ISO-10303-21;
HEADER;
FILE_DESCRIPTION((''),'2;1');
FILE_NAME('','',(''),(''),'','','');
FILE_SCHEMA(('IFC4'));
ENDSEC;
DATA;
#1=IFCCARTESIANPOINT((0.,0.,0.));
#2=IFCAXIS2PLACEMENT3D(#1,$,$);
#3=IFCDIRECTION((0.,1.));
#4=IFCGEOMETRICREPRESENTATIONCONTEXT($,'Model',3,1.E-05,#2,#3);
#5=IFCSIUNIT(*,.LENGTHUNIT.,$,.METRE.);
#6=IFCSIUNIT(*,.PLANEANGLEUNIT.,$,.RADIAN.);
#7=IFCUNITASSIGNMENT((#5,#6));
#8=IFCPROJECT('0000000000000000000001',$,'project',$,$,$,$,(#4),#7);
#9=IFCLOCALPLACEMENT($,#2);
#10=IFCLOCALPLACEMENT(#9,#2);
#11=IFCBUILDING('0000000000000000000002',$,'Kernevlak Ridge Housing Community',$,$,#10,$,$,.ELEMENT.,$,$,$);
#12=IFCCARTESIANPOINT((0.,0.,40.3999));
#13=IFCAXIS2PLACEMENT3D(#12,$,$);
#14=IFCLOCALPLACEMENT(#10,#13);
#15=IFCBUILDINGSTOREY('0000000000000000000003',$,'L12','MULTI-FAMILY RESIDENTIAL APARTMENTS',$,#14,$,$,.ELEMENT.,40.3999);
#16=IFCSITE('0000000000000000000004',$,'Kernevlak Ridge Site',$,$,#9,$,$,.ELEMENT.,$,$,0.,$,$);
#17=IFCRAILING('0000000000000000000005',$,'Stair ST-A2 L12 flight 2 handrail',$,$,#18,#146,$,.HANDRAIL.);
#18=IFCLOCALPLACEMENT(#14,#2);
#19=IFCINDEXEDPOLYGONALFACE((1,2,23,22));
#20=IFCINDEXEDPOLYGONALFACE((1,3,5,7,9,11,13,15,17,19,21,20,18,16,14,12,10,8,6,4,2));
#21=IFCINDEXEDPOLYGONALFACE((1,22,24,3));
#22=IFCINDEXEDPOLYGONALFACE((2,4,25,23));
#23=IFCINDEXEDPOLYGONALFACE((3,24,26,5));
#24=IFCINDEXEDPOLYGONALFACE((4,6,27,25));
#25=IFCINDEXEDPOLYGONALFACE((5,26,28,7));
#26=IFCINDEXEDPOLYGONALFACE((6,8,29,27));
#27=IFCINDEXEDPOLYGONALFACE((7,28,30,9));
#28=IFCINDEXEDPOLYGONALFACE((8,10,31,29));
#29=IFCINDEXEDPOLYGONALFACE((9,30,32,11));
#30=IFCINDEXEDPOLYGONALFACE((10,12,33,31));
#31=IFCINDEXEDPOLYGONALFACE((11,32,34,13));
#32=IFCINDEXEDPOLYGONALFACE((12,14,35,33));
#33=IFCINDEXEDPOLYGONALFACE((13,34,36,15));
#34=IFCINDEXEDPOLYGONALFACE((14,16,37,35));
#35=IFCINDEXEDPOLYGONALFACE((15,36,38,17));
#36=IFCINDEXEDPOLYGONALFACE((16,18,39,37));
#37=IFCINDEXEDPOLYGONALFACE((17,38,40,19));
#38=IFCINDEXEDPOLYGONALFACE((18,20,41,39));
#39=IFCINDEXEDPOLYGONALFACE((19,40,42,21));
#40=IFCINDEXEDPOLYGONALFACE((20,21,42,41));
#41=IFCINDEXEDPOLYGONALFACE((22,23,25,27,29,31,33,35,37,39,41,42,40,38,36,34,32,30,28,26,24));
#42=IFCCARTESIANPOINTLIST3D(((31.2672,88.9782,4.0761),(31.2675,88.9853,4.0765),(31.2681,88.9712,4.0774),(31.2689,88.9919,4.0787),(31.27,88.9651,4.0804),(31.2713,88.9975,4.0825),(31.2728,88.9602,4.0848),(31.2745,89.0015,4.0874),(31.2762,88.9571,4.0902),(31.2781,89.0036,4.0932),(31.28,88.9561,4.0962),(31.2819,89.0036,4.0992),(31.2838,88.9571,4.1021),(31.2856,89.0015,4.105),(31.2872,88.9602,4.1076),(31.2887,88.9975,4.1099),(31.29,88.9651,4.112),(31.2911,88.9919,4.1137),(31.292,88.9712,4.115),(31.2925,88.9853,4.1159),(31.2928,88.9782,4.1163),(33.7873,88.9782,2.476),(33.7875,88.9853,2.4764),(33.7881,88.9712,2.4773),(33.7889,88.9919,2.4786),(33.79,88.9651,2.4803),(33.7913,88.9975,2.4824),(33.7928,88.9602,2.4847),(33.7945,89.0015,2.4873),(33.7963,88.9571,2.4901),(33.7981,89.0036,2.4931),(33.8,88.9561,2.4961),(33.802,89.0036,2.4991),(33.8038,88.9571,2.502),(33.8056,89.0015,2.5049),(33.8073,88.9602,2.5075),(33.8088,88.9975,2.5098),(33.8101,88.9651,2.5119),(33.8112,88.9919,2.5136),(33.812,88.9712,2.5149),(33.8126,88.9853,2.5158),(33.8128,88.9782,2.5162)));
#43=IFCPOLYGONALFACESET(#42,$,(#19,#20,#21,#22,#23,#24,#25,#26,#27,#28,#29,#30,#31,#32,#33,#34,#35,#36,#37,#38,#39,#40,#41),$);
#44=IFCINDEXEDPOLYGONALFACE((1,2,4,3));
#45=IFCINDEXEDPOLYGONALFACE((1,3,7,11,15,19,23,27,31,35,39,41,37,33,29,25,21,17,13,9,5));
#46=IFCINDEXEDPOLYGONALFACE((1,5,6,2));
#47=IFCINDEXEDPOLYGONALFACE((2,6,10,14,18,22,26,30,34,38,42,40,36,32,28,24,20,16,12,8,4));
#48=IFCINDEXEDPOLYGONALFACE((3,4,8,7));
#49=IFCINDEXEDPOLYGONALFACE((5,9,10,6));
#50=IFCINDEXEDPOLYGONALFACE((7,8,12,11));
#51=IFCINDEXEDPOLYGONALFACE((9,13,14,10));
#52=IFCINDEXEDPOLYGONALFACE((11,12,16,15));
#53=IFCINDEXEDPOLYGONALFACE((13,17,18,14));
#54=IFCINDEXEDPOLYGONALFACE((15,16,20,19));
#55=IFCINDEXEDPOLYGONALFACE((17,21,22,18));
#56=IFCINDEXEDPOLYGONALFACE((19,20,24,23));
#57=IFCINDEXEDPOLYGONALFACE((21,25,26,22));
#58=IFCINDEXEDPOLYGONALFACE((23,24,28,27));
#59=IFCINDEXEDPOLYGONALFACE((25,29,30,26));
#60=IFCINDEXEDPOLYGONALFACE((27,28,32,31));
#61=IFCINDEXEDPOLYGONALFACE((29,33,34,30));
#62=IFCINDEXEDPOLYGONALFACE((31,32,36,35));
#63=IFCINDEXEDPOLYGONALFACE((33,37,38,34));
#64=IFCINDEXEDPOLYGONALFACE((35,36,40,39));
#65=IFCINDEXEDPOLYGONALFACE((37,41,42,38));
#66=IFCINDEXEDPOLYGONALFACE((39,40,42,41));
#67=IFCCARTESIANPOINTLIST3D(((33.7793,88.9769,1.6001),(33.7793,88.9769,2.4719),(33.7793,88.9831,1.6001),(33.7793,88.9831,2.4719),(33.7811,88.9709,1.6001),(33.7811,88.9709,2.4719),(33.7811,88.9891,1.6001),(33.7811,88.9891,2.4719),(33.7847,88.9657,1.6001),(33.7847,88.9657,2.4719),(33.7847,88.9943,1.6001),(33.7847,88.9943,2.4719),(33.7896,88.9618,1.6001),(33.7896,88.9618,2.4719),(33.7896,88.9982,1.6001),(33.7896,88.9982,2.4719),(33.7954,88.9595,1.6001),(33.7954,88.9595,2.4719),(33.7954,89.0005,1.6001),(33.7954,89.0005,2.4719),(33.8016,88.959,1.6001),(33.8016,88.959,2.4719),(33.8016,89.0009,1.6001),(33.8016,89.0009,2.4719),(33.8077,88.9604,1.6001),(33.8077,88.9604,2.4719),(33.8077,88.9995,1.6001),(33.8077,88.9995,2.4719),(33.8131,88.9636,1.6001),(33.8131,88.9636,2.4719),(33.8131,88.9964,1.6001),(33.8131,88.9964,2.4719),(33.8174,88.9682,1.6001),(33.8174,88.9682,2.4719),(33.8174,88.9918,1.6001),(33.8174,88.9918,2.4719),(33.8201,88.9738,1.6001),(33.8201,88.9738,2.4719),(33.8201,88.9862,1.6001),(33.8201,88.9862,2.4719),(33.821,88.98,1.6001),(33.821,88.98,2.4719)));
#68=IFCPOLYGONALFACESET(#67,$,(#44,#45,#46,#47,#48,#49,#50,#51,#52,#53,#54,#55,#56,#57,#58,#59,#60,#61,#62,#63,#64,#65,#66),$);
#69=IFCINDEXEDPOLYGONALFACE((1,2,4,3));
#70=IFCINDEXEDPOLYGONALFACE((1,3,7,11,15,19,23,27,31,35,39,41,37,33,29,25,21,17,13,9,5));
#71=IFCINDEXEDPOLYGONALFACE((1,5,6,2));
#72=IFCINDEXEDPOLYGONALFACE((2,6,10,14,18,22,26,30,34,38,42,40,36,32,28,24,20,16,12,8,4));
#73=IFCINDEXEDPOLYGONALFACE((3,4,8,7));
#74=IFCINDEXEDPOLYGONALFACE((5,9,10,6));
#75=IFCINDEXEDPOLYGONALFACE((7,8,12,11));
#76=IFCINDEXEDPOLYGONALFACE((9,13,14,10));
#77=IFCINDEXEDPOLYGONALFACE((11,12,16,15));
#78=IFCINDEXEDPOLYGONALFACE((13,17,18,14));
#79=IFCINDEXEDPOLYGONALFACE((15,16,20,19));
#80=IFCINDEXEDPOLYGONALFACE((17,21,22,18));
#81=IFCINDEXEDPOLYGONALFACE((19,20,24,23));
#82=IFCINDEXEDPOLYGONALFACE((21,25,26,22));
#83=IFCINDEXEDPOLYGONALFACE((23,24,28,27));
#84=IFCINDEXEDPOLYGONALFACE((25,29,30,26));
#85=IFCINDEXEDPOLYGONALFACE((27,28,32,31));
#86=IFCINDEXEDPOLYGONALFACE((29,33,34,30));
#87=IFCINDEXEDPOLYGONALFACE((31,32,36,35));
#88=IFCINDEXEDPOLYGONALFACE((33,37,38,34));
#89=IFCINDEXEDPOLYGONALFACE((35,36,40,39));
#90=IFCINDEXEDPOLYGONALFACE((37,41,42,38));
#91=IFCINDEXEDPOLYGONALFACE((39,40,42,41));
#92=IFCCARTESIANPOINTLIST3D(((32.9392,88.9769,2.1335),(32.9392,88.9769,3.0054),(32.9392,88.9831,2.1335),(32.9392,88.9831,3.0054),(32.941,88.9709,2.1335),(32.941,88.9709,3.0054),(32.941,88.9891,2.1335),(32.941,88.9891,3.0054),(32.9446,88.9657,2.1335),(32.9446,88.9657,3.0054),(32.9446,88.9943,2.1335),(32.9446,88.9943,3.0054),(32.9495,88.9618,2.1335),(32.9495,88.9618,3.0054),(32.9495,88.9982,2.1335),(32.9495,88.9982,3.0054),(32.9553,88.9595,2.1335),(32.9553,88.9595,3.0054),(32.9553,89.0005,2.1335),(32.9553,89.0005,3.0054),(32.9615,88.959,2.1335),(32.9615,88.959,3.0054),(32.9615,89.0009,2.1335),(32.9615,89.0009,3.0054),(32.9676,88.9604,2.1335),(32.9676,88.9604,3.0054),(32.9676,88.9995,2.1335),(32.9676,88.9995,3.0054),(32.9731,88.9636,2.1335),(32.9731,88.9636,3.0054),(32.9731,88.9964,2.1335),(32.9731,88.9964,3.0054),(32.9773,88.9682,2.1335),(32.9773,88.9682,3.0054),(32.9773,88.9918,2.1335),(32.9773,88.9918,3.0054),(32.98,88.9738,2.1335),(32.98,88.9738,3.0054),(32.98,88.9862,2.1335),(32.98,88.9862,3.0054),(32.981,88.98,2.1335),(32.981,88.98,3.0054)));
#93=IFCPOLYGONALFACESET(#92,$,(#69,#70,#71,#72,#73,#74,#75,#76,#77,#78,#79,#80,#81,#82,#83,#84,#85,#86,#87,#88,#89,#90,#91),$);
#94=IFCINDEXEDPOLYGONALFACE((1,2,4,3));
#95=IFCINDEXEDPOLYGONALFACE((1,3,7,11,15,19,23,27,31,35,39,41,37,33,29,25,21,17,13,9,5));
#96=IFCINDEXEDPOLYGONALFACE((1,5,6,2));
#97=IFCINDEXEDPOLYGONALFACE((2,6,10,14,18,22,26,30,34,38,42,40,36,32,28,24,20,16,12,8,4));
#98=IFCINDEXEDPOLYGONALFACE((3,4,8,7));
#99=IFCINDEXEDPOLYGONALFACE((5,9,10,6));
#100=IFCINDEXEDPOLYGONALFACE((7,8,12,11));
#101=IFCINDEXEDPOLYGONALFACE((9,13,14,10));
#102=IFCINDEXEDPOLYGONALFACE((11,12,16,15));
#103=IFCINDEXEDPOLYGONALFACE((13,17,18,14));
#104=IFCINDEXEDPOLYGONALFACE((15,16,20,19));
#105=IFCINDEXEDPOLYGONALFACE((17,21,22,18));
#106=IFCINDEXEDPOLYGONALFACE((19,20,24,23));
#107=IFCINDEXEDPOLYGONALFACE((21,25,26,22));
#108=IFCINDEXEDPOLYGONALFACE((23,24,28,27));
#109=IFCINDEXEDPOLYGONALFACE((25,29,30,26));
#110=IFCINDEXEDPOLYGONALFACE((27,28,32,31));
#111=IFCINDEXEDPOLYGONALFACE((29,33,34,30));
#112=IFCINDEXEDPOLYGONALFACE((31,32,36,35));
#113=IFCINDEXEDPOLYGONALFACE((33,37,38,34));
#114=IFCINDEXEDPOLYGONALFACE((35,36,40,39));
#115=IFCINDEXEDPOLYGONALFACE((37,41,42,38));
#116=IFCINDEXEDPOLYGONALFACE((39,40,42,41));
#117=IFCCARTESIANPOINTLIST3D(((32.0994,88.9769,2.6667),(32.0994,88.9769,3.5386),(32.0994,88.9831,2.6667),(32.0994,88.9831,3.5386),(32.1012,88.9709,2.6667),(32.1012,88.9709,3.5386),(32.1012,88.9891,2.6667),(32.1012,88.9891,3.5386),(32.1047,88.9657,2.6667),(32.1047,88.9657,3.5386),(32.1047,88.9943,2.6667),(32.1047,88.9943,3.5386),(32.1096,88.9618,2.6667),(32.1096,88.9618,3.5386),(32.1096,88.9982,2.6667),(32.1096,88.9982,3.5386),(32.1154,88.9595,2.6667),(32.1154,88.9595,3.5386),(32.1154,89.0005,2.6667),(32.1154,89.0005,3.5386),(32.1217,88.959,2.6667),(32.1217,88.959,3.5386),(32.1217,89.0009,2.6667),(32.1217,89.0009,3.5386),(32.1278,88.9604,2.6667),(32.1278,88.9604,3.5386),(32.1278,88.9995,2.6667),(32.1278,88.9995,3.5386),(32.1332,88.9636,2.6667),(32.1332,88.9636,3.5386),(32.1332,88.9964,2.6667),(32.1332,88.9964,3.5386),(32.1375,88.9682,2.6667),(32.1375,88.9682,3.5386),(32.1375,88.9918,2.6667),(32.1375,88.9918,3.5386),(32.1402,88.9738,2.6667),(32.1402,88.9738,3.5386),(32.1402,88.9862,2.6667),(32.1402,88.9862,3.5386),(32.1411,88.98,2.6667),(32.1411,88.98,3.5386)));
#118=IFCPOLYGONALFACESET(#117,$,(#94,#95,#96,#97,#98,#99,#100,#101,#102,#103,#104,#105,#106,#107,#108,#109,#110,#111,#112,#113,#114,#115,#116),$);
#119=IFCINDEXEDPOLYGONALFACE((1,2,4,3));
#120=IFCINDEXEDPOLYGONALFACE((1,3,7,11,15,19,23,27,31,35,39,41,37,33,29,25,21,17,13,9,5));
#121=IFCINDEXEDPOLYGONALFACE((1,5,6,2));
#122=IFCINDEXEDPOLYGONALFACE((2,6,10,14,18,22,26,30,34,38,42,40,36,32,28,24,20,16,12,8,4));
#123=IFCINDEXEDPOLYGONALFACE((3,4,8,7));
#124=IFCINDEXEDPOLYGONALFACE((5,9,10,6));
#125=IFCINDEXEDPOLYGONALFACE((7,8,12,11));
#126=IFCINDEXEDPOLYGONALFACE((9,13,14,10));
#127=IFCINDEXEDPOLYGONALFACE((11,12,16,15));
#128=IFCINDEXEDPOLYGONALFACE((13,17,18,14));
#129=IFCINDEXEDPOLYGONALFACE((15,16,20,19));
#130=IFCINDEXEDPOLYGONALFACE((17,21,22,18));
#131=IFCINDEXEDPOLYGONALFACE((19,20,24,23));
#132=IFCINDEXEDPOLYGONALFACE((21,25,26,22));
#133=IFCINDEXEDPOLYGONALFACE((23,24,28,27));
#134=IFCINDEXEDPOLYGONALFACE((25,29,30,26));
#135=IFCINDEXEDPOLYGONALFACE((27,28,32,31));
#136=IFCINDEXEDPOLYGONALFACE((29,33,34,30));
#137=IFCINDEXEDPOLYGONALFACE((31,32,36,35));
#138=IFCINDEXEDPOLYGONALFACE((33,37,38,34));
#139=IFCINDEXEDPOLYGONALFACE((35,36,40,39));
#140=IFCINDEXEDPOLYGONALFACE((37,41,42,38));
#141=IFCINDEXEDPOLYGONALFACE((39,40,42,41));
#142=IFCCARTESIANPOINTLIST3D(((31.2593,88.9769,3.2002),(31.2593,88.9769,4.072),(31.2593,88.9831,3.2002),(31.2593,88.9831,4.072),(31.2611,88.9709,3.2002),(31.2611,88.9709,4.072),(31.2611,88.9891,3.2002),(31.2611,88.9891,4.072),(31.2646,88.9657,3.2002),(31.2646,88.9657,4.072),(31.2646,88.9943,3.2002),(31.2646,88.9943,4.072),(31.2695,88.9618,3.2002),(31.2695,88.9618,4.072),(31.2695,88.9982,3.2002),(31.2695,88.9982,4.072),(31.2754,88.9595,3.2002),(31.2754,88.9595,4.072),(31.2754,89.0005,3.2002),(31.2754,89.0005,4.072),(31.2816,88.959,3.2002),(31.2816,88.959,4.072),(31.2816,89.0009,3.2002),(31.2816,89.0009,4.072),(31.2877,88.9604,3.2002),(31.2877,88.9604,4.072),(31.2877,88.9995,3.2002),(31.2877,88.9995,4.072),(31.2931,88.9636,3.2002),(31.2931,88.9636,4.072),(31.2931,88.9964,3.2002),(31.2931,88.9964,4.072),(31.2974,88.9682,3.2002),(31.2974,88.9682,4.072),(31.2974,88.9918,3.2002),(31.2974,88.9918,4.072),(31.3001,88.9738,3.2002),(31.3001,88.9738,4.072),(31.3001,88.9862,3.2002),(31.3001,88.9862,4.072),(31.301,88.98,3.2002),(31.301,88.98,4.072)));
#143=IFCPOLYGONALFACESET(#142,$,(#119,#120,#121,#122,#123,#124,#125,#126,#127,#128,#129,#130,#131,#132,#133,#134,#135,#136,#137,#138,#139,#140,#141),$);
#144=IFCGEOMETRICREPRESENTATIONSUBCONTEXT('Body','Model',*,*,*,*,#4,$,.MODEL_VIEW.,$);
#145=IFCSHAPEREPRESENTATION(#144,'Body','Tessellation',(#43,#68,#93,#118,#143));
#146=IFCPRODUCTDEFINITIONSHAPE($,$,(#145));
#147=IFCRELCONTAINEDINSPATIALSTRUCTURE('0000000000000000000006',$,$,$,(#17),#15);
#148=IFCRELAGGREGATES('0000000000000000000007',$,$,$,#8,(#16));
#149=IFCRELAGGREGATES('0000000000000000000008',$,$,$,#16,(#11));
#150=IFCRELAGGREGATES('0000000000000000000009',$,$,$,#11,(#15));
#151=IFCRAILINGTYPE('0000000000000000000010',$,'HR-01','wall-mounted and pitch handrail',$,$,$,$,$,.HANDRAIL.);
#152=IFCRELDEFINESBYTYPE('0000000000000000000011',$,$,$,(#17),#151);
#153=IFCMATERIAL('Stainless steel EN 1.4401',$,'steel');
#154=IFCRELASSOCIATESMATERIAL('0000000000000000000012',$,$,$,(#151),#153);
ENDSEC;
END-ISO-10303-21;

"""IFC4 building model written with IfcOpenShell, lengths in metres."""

from ifc_helpers import new_model, si_unit, direction, frame, origin, origin_2d, place, context, subcontext, project, spatial, circle, extrude, material, type_object, element, save


model = new_model("IFC4")

# Units and contexts
model_context = context("Model", 3, precision=1e-05, world=origin(), true_north=direction((0.0, 1.0)))
body_context = subcontext(model_context, "Body", "Model", "MODEL_VIEW")
ifc_project = project(units=[si_unit("LENGTHUNIT", "METRE"), si_unit("PLANEANGLEUNIT", "RADIAN")], contexts=[model_context])

# Site, building, storey
site_placement = place(None, origin())
site = spatial("IfcSite", under=ifc_project, at=site_placement, Name="Kernevlak Ridge Site", CompositionType="ELEMENT", RefElevation=0.0)
building_placement = place(site_placement, origin())
building = spatial("IfcBuilding", under=site, at=building_placement, Name="Kernevlak Ridge Housing Community", CompositionType="ELEMENT")
storey_placement = place(building_placement, frame((0.0, 0.0, 40.3999)))
storey = spatial("IfcBuildingStorey", under=building, at=storey_placement, Name="L12", Description="MULTI-FAMILY RESIDENTIAL APARTMENTS", CompositionType="ELEMENT", Elevation=40.3999)

# Railing
ifc_material_1 = material(Name="Stainless steel EN 1.4401", Category="steel")
railing_type_1 = type_object("IfcRailingType", Name="HR-01", Description="wall-mounted and pitch handrail", PredefinedType="HANDRAIL", material=ifc_material_1)
railing_1_placement = place(storey_placement, frame((33.8, 88.98, 1.6001)))
element("IfcRailing", 1, at=railing_1_placement, inside=storey, type_object=railing_type_1, Name="Stair ST-A2 L12 flight 2 handrail", PredefinedType="HANDRAIL", context=body_context, shape_type="SweptSolid", body=[
    extrude(circle(Radius=0.0239, at=origin_2d()), frame((0.0, 0.0, 0.896), z_axis=(-0.8442, 0.0, 0.536028), x_axis=(0.0, -1.0, 0.0)), (0.0, 0.0, 1.0), 2.9851),
    extrude(circle(Radius=0.021, at=origin_2d()), origin(), (0.0, 0.0, 1.0), 0.8718),
    extrude(circle(Radius=0.021, at=origin_2d()), frame((-0.8401, 0.0, 0.5334)), (0.0, 0.0, 1.0), 0.8718),
    extrude(circle(Radius=0.021, at=origin_2d()), frame((-1.6799, 0.0, 1.0667)), (0.0, 0.0, 1.0), 0.8718),
    extrude(circle(Radius=0.021, at=origin_2d()), frame((-2.52, 0.0, 1.6001)), (0.0, 0.0, 1.0), 0.8718),
])

save(model, "model.ifc")
